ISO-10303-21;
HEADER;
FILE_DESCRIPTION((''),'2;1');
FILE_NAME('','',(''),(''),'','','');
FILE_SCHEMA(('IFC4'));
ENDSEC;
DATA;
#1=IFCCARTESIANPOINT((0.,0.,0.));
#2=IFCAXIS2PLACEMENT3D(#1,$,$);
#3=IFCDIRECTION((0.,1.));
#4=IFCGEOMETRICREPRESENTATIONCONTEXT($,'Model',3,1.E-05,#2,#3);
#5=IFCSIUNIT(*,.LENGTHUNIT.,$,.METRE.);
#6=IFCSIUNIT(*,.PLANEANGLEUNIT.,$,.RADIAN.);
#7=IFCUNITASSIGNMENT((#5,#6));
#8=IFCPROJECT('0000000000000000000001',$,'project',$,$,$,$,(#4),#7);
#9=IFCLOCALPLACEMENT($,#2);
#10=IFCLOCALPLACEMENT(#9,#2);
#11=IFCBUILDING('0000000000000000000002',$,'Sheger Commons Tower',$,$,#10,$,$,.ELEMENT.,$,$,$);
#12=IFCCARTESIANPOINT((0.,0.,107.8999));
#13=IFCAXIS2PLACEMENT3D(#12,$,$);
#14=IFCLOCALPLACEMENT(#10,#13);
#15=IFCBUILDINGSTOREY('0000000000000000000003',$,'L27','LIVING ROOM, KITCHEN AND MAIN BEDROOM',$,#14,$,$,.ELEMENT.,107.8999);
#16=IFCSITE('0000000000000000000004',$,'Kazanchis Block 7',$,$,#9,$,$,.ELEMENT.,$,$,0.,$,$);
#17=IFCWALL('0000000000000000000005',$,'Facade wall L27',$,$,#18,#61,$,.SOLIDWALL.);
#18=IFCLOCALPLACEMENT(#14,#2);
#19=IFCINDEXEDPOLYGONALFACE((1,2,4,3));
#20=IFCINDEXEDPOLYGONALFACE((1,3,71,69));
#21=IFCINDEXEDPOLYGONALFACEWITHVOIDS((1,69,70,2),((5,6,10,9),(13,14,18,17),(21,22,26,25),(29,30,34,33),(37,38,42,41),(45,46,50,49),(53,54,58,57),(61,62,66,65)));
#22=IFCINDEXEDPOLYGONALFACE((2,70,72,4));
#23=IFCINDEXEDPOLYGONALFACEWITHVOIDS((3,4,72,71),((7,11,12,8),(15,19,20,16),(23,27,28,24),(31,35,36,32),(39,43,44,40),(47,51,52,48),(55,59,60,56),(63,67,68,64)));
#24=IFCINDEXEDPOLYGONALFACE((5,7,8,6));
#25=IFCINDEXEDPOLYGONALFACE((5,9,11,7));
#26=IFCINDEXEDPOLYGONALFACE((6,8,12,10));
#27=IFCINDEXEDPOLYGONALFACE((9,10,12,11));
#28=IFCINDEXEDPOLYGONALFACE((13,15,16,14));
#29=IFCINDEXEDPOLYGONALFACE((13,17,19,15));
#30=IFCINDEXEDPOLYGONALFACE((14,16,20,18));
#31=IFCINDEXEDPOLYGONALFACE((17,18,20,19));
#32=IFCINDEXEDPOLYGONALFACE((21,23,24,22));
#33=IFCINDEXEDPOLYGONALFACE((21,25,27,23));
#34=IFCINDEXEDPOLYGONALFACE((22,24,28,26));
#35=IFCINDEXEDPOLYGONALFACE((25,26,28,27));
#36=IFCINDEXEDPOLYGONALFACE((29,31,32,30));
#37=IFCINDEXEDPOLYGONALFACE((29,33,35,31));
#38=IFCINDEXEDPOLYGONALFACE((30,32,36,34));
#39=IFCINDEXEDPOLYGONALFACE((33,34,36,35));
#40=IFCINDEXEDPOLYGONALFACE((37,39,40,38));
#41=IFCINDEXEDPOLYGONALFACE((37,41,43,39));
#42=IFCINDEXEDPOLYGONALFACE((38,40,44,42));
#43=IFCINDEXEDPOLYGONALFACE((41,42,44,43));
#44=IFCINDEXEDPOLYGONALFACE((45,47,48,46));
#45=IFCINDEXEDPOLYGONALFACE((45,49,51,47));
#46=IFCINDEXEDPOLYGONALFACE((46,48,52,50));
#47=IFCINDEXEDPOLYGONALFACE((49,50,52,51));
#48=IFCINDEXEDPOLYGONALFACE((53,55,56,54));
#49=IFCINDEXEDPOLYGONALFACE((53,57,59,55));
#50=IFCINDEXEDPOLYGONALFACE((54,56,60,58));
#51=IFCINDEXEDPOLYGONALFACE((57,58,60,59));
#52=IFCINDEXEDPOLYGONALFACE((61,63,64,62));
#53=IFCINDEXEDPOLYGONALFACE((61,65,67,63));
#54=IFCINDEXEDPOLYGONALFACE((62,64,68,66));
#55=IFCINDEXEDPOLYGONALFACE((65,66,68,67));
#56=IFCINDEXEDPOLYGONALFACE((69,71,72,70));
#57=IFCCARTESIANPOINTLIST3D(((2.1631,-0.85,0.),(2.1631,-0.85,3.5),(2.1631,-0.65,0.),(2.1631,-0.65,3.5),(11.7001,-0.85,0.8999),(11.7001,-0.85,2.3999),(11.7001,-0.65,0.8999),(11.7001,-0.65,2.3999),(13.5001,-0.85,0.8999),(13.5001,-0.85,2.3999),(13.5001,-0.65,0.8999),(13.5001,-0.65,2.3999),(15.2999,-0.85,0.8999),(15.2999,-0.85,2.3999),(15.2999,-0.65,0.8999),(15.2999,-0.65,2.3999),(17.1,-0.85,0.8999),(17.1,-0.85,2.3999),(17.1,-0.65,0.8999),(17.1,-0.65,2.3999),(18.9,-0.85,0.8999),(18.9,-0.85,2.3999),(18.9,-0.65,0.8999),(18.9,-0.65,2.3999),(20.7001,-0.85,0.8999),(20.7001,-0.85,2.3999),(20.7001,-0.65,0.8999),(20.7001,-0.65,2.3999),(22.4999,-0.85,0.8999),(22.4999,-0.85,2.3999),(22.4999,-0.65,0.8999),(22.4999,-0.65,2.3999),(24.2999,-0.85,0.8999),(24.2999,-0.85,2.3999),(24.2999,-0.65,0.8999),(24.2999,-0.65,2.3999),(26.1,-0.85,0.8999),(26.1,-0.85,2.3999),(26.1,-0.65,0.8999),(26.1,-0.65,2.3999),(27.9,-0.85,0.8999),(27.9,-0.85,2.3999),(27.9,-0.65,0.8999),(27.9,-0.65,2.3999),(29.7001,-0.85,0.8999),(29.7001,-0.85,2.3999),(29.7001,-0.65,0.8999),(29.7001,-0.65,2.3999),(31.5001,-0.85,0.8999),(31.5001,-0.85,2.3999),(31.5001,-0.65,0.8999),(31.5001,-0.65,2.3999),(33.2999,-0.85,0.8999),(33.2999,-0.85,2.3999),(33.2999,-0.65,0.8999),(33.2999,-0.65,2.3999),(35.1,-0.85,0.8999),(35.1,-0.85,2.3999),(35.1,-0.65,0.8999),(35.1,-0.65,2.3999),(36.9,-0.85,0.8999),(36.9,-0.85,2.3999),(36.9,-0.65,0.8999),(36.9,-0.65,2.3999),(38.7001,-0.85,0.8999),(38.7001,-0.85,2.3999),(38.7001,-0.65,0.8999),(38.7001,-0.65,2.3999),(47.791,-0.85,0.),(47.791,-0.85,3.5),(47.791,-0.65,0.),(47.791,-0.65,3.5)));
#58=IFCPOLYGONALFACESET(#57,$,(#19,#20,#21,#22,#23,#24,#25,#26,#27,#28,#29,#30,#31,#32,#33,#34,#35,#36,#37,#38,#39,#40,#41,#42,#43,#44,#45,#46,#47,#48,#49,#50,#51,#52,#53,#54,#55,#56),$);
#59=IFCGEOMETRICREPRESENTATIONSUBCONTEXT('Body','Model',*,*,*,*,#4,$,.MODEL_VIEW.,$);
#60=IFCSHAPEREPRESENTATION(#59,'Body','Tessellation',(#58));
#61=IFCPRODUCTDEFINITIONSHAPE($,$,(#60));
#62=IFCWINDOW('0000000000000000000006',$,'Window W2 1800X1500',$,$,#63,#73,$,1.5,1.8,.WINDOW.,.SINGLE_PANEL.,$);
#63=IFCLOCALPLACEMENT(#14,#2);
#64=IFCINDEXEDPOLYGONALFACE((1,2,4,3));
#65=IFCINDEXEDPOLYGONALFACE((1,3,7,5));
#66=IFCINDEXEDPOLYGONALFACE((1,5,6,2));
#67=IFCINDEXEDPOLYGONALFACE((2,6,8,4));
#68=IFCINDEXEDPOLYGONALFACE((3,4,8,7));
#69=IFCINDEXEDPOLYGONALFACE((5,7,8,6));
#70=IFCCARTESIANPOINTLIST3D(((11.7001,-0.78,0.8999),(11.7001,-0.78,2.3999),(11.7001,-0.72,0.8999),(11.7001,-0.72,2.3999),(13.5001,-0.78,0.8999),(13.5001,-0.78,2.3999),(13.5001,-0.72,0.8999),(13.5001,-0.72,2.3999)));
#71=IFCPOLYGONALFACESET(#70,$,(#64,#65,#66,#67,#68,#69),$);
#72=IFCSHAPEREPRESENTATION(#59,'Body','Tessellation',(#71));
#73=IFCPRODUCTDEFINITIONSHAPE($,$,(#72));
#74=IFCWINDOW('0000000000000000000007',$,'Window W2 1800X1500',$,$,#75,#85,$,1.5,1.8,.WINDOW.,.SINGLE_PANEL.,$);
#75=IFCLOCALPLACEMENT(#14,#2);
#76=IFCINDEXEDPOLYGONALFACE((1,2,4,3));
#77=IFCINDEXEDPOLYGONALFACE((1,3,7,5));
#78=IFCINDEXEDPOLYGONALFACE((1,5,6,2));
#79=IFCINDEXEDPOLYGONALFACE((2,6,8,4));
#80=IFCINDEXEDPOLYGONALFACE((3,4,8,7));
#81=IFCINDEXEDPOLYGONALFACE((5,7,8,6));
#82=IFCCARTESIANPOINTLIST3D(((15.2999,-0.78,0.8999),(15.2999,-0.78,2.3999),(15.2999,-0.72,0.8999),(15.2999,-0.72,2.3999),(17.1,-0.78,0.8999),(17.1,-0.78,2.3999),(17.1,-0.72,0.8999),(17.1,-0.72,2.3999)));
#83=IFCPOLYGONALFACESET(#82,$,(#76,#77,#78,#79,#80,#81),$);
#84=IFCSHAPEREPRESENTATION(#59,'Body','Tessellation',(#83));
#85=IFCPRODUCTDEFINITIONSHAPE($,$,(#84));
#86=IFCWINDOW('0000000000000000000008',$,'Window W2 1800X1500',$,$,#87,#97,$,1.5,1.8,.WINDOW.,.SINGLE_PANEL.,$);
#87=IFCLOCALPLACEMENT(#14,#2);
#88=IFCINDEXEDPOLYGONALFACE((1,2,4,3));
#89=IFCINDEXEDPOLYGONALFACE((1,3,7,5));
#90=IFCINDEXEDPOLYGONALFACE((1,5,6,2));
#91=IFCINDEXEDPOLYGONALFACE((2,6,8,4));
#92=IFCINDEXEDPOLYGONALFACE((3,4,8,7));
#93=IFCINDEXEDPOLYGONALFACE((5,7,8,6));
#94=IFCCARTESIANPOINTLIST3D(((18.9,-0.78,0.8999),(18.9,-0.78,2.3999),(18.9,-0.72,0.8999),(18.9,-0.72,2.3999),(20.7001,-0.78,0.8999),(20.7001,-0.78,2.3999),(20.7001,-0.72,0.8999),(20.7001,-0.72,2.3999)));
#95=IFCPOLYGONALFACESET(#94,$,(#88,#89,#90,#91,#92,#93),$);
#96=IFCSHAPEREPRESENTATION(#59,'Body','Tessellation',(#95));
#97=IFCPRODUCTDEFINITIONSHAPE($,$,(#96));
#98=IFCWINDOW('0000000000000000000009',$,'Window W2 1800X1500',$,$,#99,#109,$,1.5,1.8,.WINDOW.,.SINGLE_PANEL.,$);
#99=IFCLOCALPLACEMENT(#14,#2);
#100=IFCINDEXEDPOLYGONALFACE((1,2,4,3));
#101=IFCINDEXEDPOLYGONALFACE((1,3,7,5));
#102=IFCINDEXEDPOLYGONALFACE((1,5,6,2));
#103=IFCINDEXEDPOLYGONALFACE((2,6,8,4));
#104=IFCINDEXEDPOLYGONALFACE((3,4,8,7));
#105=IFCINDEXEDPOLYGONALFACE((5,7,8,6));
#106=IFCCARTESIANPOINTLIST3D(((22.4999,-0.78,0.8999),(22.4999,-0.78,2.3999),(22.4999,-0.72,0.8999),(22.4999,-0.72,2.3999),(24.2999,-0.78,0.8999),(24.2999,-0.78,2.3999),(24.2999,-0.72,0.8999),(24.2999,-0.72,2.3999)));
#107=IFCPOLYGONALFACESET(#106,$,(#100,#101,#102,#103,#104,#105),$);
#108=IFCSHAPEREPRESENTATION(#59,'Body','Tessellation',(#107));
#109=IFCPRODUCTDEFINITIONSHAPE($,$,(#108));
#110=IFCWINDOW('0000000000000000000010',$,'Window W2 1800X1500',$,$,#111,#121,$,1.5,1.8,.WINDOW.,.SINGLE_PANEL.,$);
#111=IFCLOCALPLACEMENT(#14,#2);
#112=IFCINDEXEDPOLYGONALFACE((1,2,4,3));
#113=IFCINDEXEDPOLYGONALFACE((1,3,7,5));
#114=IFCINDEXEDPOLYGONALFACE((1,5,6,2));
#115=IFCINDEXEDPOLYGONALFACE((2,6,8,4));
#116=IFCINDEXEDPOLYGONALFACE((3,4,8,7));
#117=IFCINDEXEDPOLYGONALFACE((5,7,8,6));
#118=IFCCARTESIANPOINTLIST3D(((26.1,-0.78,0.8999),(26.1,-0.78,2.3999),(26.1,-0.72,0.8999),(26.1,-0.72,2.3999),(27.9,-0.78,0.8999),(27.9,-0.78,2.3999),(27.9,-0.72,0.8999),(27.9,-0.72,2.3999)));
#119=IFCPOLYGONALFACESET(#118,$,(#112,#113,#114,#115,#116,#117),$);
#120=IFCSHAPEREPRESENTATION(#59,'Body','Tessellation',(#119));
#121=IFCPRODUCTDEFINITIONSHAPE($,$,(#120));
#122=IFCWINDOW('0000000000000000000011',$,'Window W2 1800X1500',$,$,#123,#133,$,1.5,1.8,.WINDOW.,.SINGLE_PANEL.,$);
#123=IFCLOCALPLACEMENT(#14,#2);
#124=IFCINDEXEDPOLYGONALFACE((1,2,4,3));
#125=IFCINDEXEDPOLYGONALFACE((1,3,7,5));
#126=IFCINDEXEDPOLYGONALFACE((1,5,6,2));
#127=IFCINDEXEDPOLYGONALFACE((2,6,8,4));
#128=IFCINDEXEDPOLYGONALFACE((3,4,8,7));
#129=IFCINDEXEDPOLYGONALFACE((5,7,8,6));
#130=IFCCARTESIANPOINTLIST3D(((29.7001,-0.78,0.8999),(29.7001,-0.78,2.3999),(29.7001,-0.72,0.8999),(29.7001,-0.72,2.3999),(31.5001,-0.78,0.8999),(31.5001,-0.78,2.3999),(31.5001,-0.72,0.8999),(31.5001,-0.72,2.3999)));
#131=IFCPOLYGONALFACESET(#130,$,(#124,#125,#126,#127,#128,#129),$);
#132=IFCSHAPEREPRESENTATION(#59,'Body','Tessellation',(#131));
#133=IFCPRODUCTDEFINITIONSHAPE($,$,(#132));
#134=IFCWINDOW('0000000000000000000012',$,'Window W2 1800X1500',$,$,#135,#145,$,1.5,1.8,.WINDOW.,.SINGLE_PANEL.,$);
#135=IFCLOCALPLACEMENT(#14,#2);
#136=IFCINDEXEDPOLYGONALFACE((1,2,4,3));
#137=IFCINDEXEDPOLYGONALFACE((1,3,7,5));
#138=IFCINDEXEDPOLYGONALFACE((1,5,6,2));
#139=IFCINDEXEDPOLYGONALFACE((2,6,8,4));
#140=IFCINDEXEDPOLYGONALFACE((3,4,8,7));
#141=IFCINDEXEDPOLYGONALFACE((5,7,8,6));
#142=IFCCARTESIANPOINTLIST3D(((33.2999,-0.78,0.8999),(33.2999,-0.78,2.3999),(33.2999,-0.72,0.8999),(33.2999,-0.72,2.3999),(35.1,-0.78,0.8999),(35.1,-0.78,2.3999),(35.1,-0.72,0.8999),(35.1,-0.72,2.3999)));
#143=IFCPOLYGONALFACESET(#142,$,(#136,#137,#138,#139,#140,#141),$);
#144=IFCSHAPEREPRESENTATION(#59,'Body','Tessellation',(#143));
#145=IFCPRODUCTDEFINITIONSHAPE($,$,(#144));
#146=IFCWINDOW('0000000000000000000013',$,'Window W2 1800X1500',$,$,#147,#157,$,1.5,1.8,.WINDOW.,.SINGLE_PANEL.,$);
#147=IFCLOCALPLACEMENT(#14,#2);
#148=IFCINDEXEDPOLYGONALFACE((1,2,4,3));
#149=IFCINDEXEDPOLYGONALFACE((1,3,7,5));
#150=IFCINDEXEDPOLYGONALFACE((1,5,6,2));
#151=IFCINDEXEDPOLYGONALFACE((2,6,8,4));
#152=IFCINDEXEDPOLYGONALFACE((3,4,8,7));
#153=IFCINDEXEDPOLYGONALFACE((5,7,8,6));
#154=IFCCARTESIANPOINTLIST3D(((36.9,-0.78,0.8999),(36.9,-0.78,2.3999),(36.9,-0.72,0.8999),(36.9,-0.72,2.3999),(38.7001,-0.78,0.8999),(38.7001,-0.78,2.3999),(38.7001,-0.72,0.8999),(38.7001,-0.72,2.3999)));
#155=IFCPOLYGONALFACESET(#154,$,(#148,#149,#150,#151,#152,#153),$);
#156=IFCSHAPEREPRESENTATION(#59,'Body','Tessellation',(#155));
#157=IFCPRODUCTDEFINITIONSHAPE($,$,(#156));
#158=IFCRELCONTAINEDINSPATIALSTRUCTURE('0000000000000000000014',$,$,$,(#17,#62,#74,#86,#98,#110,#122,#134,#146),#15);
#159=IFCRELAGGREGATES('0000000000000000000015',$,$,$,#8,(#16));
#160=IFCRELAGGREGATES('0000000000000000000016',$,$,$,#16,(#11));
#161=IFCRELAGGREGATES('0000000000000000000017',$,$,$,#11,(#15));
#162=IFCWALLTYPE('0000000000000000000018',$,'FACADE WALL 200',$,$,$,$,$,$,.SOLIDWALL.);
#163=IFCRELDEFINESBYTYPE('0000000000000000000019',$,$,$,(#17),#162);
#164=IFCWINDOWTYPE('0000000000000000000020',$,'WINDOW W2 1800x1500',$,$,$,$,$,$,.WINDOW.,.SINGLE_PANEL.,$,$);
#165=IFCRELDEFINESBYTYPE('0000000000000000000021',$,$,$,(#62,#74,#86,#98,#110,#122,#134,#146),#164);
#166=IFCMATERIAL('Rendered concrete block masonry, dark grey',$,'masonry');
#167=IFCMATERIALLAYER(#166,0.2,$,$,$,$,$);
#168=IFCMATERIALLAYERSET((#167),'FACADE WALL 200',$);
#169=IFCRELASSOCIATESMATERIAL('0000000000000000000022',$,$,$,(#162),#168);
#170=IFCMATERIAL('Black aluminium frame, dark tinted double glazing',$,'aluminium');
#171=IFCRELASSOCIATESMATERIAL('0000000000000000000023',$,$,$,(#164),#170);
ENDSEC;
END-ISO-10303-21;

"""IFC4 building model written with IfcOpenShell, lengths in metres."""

from ifc_helpers import new_model, si_unit, direction, frame, frame_2d, origin, place, context, subcontext, project, spatial, rectangle, extrude, material, layer, layer_set, type_object, element, fill, save


model = new_model("IFC4")

# Units and contexts
model_context = context("Model", 3, precision=1e-05, world=origin(), true_north=direction((0.0, 1.0)))
body_context = subcontext(model_context, "Body", "Model", "MODEL_VIEW")
ifc_project = project(units=[si_unit("LENGTHUNIT", "METRE"), si_unit("PLANEANGLEUNIT", "RADIAN")], contexts=[model_context])

# Site, building, storey
site_placement = place(None, origin())
site = spatial("IfcSite", under=ifc_project, at=site_placement, Name="Kazanchis Block 7", CompositionType="ELEMENT", RefElevation=0.0)
building_placement = place(site_placement, origin())
building = spatial("IfcBuilding", under=site, at=building_placement, Name="Sheger Commons Tower", CompositionType="ELEMENT")
storey_placement = place(building_placement, frame((0.0, 0.0, 107.8999)))
storey = spatial("IfcBuildingStorey", under=building, at=storey_placement, Name="L27", Description="LIVING ROOM, KITCHEN AND MAIN BEDROOM", CompositionType="ELEMENT", Elevation=107.8999)

# Wall, openings, windows
ifc_material_1 = material(Name="Rendered concrete block masonry, dark grey", Category="masonry")
ifc_layer_1 = layer(ifc_material_1, 0.2)
ifc_layer_set_1 = layer_set([ifc_layer_1], Name="FACADE WALL 200")
wall_type_1 = type_object("IfcWallType", Name="FACADE WALL 200", PredefinedType="SOLIDWALL", material=ifc_layer_set_1)
wall_1_placement = place(storey_placement, frame((2.1631, -0.75, 0.0), z_axis=(0.0, 0.0, 1.0), x_axis=(1.0, 0.0, 0.0)))
wall_1 = element("IfcWall", 1, at=wall_1_placement, inside=storey, type_object=wall_type_1, Name="Facade wall L27", PredefinedType="SOLIDWALL", context=body_context, shape_type="SweptSolid", body=[
    extrude(rectangle(XDim=45.6279, YDim=0.2, at=frame_2d((22.814, 0.0))), origin(), (0.0, 0.0, 1.0), 3.5),
])
opening_1_placement = place(wall_1_placement, frame((9.5371, 0.0, 0.8999)))
opening_1 = element("IfcOpeningElement", 2, at=opening_1_placement, cuts=wall_1, PredefinedType="OPENING", context=body_context, shape_type="SweptSolid", body=[
    extrude(rectangle(XDim=1.8, YDim=1.5, at=frame_2d((0.8999, 0.75))), frame((0.0, 0.1099, 0.0), z_axis=(0.0, -1.0, 0.0), x_axis=(1.0, 0.0, 0.0)), (0.0, 0.0, 1.0), 0.22),
])
opening_2_placement = place(wall_1_placement, frame((13.137, 0.0, 0.8999)))
opening_2 = element("IfcOpeningElement", 3, at=opening_2_placement, cuts=wall_1, PredefinedType="OPENING", context=body_context, shape_type="SweptSolid", body=[
    extrude(rectangle(XDim=1.8, YDim=1.5, at=frame_2d((0.8999, 0.75))), frame((0.0, 0.1099, 0.0), z_axis=(0.0, -1.0, 0.0), x_axis=(1.0, 0.0, 0.0)), (0.0, 0.0, 1.0), 0.22),
])
opening_3_placement = place(wall_1_placement, frame((16.7371, 0.0, 0.8999)))
opening_3 = element("IfcOpeningElement", 4, at=opening_3_placement, cuts=wall_1, PredefinedType="OPENING", context=body_context, shape_type="SweptSolid", body=[
    extrude(rectangle(XDim=1.8, YDim=1.5, at=frame_2d((0.8999, 0.75))), frame((0.0, 0.1099, 0.0), z_axis=(0.0, -1.0, 0.0), x_axis=(1.0, 0.0, 0.0)), (0.0, 0.0, 1.0), 0.22),
])
opening_4_placement = place(wall_1_placement, frame((20.3369, 0.0, 0.8999)))
opening_4 = element("IfcOpeningElement", 5, at=opening_4_placement, cuts=wall_1, PredefinedType="OPENING", context=body_context, shape_type="SweptSolid", body=[
    extrude(rectangle(XDim=1.8, YDim=1.5, at=frame_2d((0.8999, 0.75))), frame((0.0, 0.1099, 0.0), z_axis=(0.0, -1.0, 0.0), x_axis=(1.0, 0.0, 0.0)), (0.0, 0.0, 1.0), 0.22),
])
opening_5_placement = place(wall_1_placement, frame((23.937, 0.0, 0.8999)))
opening_5 = element("IfcOpeningElement", 6, at=opening_5_placement, cuts=wall_1, PredefinedType="OPENING", context=body_context, shape_type="SweptSolid", body=[
    extrude(rectangle(XDim=1.8, YDim=1.5, at=frame_2d((0.8999, 0.75))), frame((0.0, 0.1099, 0.0), z_axis=(0.0, -1.0, 0.0), x_axis=(1.0, 0.0, 0.0)), (0.0, 0.0, 1.0), 0.22),
])
opening_6_placement = place(wall_1_placement, frame((27.5371, 0.0, 0.8999)))
opening_6 = element("IfcOpeningElement", 7, at=opening_6_placement, cuts=wall_1, PredefinedType="OPENING", context=body_context, shape_type="SweptSolid", body=[
    extrude(rectangle(XDim=1.8, YDim=1.5, at=frame_2d((0.8999, 0.75))), frame((0.0, 0.1099, 0.0), z_axis=(0.0, -1.0, 0.0), x_axis=(1.0, 0.0, 0.0)), (0.0, 0.0, 1.0), 0.22),
])
opening_7_placement = place(wall_1_placement, frame((31.137, 0.0, 0.8999)))
opening_7 = element("IfcOpeningElement", 8, at=opening_7_placement, cuts=wall_1, PredefinedType="OPENING", context=body_context, shape_type="SweptSolid", body=[
    extrude(rectangle(XDim=1.8, YDim=1.5, at=frame_2d((0.8999, 0.75))), frame((0.0, 0.1099, 0.0), z_axis=(0.0, -1.0, 0.0), x_axis=(1.0, 0.0, 0.0)), (0.0, 0.0, 1.0), 0.22),
])
opening_8_placement = place(wall_1_placement, frame((34.7371, 0.0, 0.8999)))
opening_8 = element("IfcOpeningElement", 9, at=opening_8_placement, cuts=wall_1, PredefinedType="OPENING", context=body_context, shape_type="SweptSolid", body=[
    extrude(rectangle(XDim=1.8, YDim=1.5, at=frame_2d((0.8999, 0.75))), frame((0.0, 0.1099, 0.0), z_axis=(0.0, -1.0, 0.0), x_axis=(1.0, 0.0, 0.0)), (0.0, 0.0, 1.0), 0.22),
])
ifc_material_2 = material(Name="Black aluminium frame, dark tinted double glazing", Category="aluminium")
window_type = type_object("IfcWindowType", Name="WINDOW W2 1800x1500", PartitioningType="SINGLE_PANEL", PredefinedType="WINDOW", material=ifc_material_2)
window_1_placement = place(opening_1_placement, origin())
window_1 = element("IfcWindow", 10, at=window_1_placement, inside=storey, type_object=window_type, Name="Window W2 1800X1500", OverallHeight=1.5, OverallWidth=1.8, PartitioningType="SINGLE_PANEL", PredefinedType="WINDOW", context=body_context, shape_type="SweptSolid", body=[
    extrude(rectangle(XDim=1.8, YDim=1.5, at=frame_2d((0.8999, 0.75))), frame((0.0, 0.03, 0.0), z_axis=(0.0, -1.0, 0.0), x_axis=(1.0, 0.0, 0.0)), (0.0, 0.0, 1.0), 0.0601),
])
fill(opening_1, window_1)
window_2_placement = place(opening_2_placement, origin())
window_2 = element("IfcWindow", 11, at=window_2_placement, inside=storey, type_object=window_type, Name="Window W2 1800X1500", OverallHeight=1.5, OverallWidth=1.8, PartitioningType="SINGLE_PANEL", PredefinedType="WINDOW", context=body_context, shape_type="SweptSolid", body=[
    extrude(rectangle(XDim=1.8, YDim=1.5, at=frame_2d((0.8999, 0.75))), frame((0.0, 0.03, 0.0), z_axis=(0.0, -1.0, 0.0), x_axis=(1.0, 0.0, 0.0)), (0.0, 0.0, 1.0), 0.0601),
])
fill(opening_2, window_2)
window_3_placement = place(opening_3_placement, origin())
window_3 = element("IfcWindow", 12, at=window_3_placement, inside=storey, type_object=window_type, Name="Window W2 1800X1500", OverallHeight=1.5, OverallWidth=1.8, PartitioningType="SINGLE_PANEL", PredefinedType="WINDOW", context=body_context, shape_type="SweptSolid", body=[
    extrude(rectangle(XDim=1.8, YDim=1.5, at=frame_2d((0.8999, 0.75))), frame((0.0, 0.03, 0.0), z_axis=(0.0, -1.0, 0.0), x_axis=(1.0, 0.0, 0.0)), (0.0, 0.0, 1.0), 0.0601),
])
fill(opening_3, window_3)
window_4_placement = place(opening_4_placement, origin())
window_4 = element("IfcWindow", 13, at=window_4_placement, inside=storey, type_object=window_type, Name="Window W2 1800X1500", OverallHeight=1.5, OverallWidth=1.8, PartitioningType="SINGLE_PANEL", PredefinedType="WINDOW", context=body_context, shape_type="SweptSolid", body=[
    extrude(rectangle(XDim=1.8, YDim=1.5, at=frame_2d((0.8999, 0.75))), frame((0.0, 0.03, 0.0), z_axis=(0.0, -1.0, 0.0), x_axis=(1.0, 0.0, 0.0)), (0.0, 0.0, 1.0), 0.0601),
])
fill(opening_4, window_4)
window_5_placement = place(opening_5_placement, origin())
window_5 = element("IfcWindow", 14, at=window_5_placement, inside=storey, type_object=window_type, Name="Window W2 1800X1500", OverallHeight=1.5, OverallWidth=1.8, PartitioningType="SINGLE_PANEL", PredefinedType="WINDOW", context=body_context, shape_type="SweptSolid", body=[
    extrude(rectangle(XDim=1.8, YDim=1.5, at=frame_2d((0.8999, 0.75))), frame((0.0, 0.03, 0.0), z_axis=(0.0, -1.0, 0.0), x_axis=(1.0, 0.0, 0.0)), (0.0, 0.0, 1.0), 0.0601),
])
fill(opening_5, window_5)
window_6_placement = place(opening_6_placement, origin())
window_6 = element("IfcWindow", 15, at=window_6_placement, inside=storey, type_object=window_type, Name="Window W2 1800X1500", OverallHeight=1.5, OverallWidth=1.8, PartitioningType="SINGLE_PANEL", PredefinedType="WINDOW", context=body_context, shape_type="SweptSolid", body=[
    extrude(rectangle(XDim=1.8, YDim=1.5, at=frame_2d((0.8999, 0.75))), frame((0.0, 0.03, 0.0), z_axis=(0.0, -1.0, 0.0), x_axis=(1.0, 0.0, 0.0)), (0.0, 0.0, 1.0), 0.0601),
])
fill(opening_6, window_6)
window_7_placement = place(opening_7_placement, origin())
window_7 = element("IfcWindow", 16, at=window_7_placement, inside=storey, type_object=window_type, Name="Window W2 1800X1500", OverallHeight=1.5, OverallWidth=1.8, PartitioningType="SINGLE_PANEL", PredefinedType="WINDOW", context=body_context, shape_type="SweptSolid", body=[
    extrude(rectangle(XDim=1.8, YDim=1.5, at=frame_2d((0.8999, 0.75))), frame((0.0, 0.03, 0.0), z_axis=(0.0, -1.0, 0.0), x_axis=(1.0, 0.0, 0.0)), (0.0, 0.0, 1.0), 0.0601),
])
fill(opening_7, window_7)
window_8_placement = place(opening_8_placement, origin())
window_8 = element("IfcWindow", 17, at=window_8_placement, inside=storey, type_object=window_type, Name="Window W2 1800X1500", OverallHeight=1.5, OverallWidth=1.8, PartitioningType="SINGLE_PANEL", PredefinedType="WINDOW", context=body_context, shape_type="SweptSolid", body=[
    extrude(rectangle(XDim=1.8, YDim=1.5, at=frame_2d((0.8999, 0.75))), frame((0.0, 0.03, 0.0), z_axis=(0.0, -1.0, 0.0), x_axis=(1.0, 0.0, 0.0)), (0.0, 0.0, 1.0), 0.0601),
])
fill(opening_8, window_8)

save(model, "model.ifc")
